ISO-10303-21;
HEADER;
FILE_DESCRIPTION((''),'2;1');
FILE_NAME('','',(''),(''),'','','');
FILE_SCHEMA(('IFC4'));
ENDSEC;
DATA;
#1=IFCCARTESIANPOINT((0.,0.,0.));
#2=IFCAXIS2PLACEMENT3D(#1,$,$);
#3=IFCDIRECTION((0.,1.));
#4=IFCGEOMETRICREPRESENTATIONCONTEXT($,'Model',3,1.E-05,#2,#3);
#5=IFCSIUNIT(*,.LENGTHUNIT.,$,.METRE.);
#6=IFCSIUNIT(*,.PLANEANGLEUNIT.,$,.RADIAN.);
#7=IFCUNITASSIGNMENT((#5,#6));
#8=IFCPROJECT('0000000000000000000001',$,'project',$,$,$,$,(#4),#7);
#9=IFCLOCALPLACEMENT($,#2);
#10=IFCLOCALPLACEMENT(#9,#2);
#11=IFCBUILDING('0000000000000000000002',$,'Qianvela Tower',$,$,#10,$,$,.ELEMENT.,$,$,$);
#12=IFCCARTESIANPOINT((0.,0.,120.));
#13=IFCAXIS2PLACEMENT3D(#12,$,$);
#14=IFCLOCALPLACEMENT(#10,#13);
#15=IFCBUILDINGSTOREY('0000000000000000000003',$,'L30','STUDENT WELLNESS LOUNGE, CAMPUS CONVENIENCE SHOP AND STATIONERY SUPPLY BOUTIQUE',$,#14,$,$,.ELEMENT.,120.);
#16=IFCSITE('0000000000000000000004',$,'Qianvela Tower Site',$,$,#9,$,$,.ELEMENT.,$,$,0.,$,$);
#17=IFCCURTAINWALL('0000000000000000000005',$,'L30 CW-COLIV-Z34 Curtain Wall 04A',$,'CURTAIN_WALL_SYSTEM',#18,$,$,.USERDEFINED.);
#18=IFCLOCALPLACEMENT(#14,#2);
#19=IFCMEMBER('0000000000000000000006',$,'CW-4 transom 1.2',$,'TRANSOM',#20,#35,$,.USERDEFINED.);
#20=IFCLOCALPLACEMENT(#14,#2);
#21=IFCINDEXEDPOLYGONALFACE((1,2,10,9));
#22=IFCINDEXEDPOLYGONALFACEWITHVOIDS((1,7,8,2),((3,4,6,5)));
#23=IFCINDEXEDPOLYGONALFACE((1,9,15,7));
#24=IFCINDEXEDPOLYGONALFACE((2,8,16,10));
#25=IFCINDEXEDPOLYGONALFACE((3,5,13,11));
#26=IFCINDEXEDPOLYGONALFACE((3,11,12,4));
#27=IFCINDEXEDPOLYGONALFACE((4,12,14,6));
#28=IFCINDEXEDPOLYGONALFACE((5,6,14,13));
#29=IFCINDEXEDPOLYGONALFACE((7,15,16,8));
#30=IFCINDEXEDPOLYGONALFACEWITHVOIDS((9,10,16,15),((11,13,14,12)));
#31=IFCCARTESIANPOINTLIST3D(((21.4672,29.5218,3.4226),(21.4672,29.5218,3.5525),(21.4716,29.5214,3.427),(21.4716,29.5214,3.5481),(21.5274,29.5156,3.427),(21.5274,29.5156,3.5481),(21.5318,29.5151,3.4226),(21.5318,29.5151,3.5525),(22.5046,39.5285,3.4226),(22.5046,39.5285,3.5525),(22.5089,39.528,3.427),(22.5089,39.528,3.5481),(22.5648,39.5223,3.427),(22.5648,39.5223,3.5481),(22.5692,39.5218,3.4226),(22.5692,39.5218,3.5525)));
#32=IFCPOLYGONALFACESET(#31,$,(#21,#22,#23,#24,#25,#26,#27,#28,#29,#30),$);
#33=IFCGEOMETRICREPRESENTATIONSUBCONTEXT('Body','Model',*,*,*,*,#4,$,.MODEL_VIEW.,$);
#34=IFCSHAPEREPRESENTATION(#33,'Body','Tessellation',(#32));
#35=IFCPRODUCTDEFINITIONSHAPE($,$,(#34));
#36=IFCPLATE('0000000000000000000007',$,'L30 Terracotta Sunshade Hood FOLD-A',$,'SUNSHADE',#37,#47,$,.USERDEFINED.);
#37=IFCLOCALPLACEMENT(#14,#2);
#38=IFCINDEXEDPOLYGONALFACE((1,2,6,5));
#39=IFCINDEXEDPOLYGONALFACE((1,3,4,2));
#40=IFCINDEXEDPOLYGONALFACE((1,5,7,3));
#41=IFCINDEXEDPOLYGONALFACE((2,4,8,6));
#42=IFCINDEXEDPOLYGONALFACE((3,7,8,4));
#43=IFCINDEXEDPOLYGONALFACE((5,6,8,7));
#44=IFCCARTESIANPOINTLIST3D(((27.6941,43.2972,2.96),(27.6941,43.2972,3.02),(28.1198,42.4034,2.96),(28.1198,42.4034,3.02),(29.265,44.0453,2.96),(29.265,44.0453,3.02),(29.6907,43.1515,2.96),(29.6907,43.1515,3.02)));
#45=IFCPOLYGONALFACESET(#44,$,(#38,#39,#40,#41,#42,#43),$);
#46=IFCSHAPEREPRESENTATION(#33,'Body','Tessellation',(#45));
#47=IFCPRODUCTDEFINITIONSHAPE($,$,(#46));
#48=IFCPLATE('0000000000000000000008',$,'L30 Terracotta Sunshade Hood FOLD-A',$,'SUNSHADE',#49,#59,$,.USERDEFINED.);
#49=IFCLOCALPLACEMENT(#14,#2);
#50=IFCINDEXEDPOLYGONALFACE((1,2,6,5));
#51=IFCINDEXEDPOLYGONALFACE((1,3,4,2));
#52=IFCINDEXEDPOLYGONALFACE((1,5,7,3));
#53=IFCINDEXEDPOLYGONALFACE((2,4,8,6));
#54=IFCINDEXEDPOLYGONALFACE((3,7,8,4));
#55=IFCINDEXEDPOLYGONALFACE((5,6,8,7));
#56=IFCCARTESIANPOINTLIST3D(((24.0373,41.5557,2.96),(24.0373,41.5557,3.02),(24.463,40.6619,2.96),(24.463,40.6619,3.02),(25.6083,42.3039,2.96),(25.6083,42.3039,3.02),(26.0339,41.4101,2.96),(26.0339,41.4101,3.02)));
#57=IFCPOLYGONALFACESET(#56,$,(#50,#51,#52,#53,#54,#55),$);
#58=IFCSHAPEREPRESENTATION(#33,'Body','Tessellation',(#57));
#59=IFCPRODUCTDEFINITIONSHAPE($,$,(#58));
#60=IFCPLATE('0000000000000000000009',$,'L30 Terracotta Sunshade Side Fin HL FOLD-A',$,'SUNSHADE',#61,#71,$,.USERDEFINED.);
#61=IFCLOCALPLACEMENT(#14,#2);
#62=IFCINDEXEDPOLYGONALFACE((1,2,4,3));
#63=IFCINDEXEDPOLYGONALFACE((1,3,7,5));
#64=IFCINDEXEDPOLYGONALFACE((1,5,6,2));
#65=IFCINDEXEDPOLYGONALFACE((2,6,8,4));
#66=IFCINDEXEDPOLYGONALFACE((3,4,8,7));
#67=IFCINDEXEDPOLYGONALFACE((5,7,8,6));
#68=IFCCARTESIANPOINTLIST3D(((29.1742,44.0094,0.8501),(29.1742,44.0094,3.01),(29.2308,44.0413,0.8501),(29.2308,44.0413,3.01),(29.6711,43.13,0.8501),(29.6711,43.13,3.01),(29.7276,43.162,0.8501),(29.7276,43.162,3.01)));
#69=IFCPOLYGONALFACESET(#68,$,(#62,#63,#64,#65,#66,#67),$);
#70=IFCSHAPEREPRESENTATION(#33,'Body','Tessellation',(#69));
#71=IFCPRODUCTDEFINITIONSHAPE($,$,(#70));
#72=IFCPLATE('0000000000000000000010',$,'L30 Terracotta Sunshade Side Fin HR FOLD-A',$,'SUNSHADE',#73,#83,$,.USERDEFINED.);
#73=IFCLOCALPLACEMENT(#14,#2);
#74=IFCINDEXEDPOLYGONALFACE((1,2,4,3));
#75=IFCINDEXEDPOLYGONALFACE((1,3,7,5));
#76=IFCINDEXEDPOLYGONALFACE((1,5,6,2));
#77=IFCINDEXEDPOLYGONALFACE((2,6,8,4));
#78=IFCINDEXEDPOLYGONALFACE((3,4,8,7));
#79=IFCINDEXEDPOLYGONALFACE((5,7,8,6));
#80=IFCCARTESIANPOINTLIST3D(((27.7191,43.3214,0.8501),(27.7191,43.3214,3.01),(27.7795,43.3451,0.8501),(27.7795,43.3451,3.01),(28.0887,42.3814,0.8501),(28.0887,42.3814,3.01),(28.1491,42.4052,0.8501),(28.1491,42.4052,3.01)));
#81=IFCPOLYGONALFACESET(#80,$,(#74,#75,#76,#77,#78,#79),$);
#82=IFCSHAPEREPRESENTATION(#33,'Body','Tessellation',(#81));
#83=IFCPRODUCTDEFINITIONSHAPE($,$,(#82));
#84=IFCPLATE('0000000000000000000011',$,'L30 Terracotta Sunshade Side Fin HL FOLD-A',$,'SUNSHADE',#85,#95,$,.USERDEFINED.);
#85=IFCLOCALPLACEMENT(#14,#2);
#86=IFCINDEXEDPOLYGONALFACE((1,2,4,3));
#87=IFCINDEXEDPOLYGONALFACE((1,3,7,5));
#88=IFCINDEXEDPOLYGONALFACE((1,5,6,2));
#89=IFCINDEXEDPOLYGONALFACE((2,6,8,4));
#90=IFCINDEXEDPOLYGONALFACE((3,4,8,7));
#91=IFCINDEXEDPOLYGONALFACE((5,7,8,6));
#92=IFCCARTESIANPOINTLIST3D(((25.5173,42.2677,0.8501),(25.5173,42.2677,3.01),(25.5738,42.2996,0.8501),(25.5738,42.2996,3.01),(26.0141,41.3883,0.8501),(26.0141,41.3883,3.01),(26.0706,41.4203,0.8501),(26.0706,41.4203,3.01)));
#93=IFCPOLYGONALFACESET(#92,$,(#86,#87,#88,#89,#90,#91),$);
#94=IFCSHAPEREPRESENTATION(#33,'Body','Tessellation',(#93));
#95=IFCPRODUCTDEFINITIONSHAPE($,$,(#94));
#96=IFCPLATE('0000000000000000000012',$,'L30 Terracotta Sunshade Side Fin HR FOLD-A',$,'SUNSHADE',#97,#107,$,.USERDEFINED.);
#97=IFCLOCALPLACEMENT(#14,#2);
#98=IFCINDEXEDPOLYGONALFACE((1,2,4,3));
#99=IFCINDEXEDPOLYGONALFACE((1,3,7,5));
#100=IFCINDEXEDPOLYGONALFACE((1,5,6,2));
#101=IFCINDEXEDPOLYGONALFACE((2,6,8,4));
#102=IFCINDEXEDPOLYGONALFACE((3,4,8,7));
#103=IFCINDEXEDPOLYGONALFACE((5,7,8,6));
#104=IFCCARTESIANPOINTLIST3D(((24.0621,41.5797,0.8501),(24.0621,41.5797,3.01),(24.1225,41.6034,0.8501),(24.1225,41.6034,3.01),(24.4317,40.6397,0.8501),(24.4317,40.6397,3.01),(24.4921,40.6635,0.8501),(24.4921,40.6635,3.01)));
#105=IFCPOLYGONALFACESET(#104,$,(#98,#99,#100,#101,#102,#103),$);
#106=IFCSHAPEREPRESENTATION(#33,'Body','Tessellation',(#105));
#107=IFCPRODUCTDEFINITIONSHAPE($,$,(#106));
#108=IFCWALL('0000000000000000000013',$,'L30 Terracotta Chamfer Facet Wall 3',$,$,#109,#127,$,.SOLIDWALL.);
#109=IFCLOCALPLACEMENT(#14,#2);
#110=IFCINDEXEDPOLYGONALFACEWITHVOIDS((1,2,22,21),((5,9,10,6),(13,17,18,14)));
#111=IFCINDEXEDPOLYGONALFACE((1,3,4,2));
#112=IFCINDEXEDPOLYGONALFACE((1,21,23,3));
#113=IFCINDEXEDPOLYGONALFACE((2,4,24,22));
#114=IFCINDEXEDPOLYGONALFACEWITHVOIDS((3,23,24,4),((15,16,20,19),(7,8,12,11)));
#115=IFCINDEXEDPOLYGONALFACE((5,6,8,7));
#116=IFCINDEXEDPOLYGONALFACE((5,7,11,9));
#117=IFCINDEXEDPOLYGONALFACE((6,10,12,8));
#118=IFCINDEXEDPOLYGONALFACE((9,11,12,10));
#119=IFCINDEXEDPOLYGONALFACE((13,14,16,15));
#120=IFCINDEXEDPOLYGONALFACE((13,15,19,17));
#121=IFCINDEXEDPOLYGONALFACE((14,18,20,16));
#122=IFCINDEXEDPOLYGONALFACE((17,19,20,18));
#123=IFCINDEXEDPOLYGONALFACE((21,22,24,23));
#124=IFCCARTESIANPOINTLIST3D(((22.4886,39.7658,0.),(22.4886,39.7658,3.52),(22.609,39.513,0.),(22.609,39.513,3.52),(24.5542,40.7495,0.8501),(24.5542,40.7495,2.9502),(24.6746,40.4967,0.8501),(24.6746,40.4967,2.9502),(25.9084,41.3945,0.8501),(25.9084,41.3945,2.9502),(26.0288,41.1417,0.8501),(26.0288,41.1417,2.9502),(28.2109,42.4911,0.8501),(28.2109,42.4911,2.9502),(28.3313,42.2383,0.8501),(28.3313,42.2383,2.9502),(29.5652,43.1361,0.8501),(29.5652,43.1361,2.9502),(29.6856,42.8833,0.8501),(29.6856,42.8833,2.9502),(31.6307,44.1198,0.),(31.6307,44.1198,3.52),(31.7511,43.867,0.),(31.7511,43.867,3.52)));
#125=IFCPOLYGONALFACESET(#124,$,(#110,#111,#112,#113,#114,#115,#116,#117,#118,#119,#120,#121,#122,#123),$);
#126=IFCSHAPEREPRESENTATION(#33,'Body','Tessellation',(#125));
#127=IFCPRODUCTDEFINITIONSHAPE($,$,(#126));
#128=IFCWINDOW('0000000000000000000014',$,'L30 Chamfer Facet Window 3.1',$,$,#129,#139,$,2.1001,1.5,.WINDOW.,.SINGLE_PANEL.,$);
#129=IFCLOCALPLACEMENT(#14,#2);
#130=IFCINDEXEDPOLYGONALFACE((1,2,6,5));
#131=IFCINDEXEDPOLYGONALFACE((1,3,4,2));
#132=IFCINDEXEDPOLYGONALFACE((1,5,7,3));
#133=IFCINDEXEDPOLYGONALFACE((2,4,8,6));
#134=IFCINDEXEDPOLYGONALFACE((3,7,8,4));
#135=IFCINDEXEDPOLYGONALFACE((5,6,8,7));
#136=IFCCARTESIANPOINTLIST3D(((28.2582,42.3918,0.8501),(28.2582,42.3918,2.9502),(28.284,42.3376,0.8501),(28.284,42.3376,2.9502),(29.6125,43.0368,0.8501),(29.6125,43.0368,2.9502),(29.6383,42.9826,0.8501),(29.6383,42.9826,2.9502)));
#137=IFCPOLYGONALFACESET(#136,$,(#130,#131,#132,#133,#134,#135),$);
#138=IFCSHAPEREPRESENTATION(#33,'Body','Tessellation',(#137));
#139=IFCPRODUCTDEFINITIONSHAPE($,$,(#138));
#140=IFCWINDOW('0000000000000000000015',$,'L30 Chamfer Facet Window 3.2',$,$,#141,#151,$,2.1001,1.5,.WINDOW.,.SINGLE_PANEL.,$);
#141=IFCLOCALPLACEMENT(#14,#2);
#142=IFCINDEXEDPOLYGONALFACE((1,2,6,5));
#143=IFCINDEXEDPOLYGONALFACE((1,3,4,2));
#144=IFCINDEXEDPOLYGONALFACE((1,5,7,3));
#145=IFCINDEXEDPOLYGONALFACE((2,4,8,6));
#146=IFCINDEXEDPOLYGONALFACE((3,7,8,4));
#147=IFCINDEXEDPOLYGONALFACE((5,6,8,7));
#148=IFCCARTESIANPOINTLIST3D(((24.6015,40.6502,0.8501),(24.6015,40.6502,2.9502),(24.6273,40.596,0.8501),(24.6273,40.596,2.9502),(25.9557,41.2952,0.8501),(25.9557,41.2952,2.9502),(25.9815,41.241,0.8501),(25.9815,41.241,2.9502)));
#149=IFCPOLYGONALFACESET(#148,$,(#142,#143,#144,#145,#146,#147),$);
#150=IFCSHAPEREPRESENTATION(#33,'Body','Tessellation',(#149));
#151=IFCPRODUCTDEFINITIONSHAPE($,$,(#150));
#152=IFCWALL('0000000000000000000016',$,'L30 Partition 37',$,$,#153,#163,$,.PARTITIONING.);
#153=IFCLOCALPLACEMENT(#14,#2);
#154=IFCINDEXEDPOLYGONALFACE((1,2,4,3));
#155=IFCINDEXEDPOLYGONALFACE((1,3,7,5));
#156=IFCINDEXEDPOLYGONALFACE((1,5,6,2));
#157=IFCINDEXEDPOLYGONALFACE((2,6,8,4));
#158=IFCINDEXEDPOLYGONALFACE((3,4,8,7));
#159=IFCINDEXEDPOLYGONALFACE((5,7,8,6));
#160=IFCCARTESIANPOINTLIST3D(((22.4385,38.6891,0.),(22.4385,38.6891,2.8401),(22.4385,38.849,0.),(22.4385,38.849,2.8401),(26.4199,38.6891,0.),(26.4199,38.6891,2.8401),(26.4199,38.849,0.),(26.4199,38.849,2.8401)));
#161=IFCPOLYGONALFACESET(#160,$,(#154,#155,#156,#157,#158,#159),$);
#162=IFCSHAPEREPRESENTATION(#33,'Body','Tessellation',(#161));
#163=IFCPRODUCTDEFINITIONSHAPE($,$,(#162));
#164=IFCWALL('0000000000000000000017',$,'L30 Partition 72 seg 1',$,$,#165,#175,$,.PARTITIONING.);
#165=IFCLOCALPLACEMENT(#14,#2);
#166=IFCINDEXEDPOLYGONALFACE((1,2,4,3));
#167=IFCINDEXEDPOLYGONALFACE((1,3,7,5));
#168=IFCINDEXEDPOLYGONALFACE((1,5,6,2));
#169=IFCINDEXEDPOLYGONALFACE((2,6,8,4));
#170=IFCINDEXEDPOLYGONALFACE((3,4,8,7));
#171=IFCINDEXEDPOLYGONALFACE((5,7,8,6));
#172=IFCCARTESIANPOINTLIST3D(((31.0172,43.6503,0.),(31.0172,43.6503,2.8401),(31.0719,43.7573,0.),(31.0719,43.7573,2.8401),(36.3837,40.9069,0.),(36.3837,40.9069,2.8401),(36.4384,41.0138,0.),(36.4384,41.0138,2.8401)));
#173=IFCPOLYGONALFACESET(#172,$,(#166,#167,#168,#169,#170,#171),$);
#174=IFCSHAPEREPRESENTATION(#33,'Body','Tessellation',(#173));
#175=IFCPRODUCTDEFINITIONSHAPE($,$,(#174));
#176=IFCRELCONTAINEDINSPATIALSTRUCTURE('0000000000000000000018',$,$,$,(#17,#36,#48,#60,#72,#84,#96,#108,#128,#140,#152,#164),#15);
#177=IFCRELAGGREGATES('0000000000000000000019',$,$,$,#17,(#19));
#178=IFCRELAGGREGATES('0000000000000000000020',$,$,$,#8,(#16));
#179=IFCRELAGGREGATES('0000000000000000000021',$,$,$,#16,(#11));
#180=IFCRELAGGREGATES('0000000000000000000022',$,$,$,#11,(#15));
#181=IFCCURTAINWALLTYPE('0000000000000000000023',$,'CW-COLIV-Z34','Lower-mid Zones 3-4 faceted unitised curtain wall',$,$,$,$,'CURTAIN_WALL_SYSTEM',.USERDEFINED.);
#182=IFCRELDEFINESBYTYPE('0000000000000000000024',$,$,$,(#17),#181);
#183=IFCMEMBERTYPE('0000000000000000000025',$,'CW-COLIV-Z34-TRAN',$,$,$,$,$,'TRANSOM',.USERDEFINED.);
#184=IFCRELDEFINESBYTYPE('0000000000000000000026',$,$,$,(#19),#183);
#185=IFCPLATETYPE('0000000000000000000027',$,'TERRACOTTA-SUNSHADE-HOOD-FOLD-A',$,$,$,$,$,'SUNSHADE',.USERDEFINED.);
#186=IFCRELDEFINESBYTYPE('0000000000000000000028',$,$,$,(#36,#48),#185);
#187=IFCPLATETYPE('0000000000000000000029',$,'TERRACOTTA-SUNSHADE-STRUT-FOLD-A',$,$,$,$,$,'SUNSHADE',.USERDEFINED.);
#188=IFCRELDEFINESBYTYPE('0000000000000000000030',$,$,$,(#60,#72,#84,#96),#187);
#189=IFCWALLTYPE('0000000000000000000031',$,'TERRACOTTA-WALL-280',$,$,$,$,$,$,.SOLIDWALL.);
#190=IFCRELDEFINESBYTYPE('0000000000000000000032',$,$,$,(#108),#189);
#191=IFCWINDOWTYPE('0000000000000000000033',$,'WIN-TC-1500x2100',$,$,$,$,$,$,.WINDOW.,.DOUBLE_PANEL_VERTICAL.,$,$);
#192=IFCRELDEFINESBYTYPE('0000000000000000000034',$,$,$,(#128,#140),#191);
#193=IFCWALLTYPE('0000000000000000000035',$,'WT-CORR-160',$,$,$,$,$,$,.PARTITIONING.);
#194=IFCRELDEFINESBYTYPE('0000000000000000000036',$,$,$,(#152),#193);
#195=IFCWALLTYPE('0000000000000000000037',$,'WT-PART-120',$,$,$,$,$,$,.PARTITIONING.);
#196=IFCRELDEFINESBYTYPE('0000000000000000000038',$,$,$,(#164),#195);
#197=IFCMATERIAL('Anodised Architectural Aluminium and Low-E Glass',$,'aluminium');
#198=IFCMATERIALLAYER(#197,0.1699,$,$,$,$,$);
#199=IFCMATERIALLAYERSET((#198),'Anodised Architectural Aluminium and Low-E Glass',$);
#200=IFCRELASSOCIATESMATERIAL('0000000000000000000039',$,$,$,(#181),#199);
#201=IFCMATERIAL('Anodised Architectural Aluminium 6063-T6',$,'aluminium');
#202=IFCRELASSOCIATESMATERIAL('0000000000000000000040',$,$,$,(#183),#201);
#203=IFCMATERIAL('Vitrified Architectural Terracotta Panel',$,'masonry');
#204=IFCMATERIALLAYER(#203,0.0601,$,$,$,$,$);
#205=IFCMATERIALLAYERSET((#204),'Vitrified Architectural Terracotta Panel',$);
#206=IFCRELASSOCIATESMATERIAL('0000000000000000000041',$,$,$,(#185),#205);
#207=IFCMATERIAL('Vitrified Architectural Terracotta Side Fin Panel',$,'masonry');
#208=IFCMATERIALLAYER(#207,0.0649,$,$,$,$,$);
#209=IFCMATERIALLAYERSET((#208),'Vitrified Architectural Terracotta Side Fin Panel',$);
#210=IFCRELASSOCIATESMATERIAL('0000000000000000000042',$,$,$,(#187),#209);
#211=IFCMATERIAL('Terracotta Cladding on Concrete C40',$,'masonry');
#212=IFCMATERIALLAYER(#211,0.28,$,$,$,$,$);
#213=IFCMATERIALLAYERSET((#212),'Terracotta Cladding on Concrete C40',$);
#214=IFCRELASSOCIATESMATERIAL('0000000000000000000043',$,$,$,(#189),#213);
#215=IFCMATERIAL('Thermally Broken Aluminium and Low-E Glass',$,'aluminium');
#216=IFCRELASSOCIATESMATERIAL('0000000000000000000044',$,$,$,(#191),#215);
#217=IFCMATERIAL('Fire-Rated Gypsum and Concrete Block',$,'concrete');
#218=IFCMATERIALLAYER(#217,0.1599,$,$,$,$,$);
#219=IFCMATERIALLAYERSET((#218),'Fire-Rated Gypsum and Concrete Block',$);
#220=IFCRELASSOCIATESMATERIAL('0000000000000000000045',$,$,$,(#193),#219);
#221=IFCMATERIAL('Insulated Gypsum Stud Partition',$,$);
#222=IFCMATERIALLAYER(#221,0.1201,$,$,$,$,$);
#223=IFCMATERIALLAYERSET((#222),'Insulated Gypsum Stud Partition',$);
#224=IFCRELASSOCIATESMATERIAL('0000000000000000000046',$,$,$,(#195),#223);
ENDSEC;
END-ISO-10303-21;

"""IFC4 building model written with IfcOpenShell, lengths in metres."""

from ifc_helpers import new_model, si_unit, direction, frame, frame_2d, origin, origin_2d, place, context, subcontext, project, spatial, rectangle, hollow_rectangle, extrude, material, layer, layer_set, material_profile, profile_set, type_object, element, fill, aggregate, save


model = new_model("IFC4")

# Units and contexts
model_context = context("Model", 3, precision=1e-05, world=origin(), true_north=direction((0.0, 1.0)))
body_context = subcontext(model_context, "Body", "Model", "MODEL_VIEW")
ifc_project = project(units=[si_unit("LENGTHUNIT", "METRE"), si_unit("PLANEANGLEUNIT", "RADIAN")], contexts=[model_context])

# Site, building, storey
site_placement = place(None, origin())
site = spatial("IfcSite", under=ifc_project, at=site_placement, Name="Qianvela Tower Site", CompositionType="ELEMENT", RefElevation=0.0)
building_placement = place(site_placement, origin())
building = spatial("IfcBuilding", under=site, at=building_placement, Name="Qianvela Tower", CompositionType="ELEMENT")
storey_placement = place(building_placement, frame((0.0, 0.0, 120.0)))
storey = spatial("IfcBuildingStorey", under=building, at=storey_placement, Name="L30", Description="STUDENT WELLNESS LOUNGE, CAMPUS CONVENIENCE SHOP AND STATIONERY SUPPLY BOUTIQUE", CompositionType="ELEMENT", Elevation=120.0)

# Shared definitions
ifc_material_1 = material(Name="Anodised Architectural Aluminium and Low-E Glass", Category="aluminium")
ifc_layer_1 = layer(ifc_material_1, 0.1699)
ifc_layer_set_1 = layer_set([ifc_layer_1], Name="Anodised Architectural Aluminium and Low-E Glass")
curtain_wall_type = type_object("IfcCurtainWallType", Name="CW-COLIV-Z34", Description="Lower-mid Zones 3-4 faceted unitised curtain wall", ElementType="CURTAIN_WALL_SYSTEM", PredefinedType="USERDEFINED", material=ifc_layer_set_1)

# Curtain wall, member
curtain_wall_1_placement = place(storey_placement, origin())
curtain_wall_1 = element("IfcCurtainWall", 1, at=curtain_wall_1_placement, inside=storey, type_object=curtain_wall_type, Name="L30 CW-COLIV-Z34 Curtain Wall 04A", ObjectType="CURTAIN_WALL_SYSTEM", PredefinedType="USERDEFINED")
ifc_material_2 = material(Name="Anodised Architectural Aluminium 6063-T6", Category="aluminium")
ifc_material_profile_1 = material_profile(ifc_material_2, hollow_rectangle(XDim=0.0649, YDim=0.1299, WallThickness=0.0044, at=origin_2d()), Name="ALU-TRAN-65x130")
ifc_profile_set_1 = profile_set([ifc_material_profile_1], Name="Anodised Architectural Aluminium 6063-T6")
member_type_1 = type_object("IfcMemberType", Name="CW-COLIV-Z34-TRAN", ElementType="TRANSOM", PredefinedType="USERDEFINED", material=ifc_profile_set_1)
member_1_placement = place(storey_placement, frame((22.5369, 39.5251, 3.4875), z_axis=(-0.103114, -0.99467, 0.0), x_axis=(0.99467, -0.103114, 0.0)))
member_1 = element("IfcMember", 2, at=member_1_placement, type_object=member_type_1, Name="CW-4 transom 1.2", ObjectType="TRANSOM", PredefinedType="USERDEFINED", context=body_context, shape_type="SweptSolid", body=[
    extrude(hollow_rectangle(XDim=0.0649, YDim=0.1299, WallThickness=0.0044, at=origin_2d()), origin(), (0.0, 0.0, 1.0), 10.0603),
])
aggregate(curtain_wall_1, [member_1])

# Plates
ifc_material_3 = material(Name="Vitrified Architectural Terracotta Panel", Category="masonry")
ifc_layer_2 = layer(ifc_material_3, 0.0601)
ifc_layer_set_2 = layer_set([ifc_layer_2], Name="Vitrified Architectural Terracotta Panel")
plate_type_1 = type_object("IfcPlateType", Name="TERRACOTTA-SUNSHADE-HOOD-FOLD-A", ElementType="SUNSHADE", PredefinedType="USERDEFINED", material=ifc_layer_set_2)
for number, where, z_axis, x_axis, name in (
    (3, (28.6924, 43.2244, 2.96), (0.0, 0.0, 1.0), (-0.902838, -0.42998, 0.0), "L30 Terracotta Sunshade Hood FOLD-A"),
    (4, (25.0356, 41.4829, 2.96), (0.0, 0.0, 1.0), (-0.902838, -0.42998, 0.0), "L30 Terracotta Sunshade Hood FOLD-A"),
):
    element("IfcPlate", number, at=place(storey_placement, frame(where, z_axis=z_axis, x_axis=x_axis)), inside=storey, type_object=plate_type_1, Name=name, ObjectType="SUNSHADE", PredefinedType="USERDEFINED", context=body_context, shape_type="SweptSolid", body=[
        extrude(rectangle(XDim=1.74, YDim=0.99, at=origin_2d()), origin(), (0.0, 0.0, 1.0), 0.0601),
    ])
ifc_material_4 = material(Name="Vitrified Architectural Terracotta Side Fin Panel", Category="masonry")
ifc_layer_3 = layer(ifc_material_4, 0.0649)
ifc_layer_set_3 = layer_set([ifc_layer_3], Name="Vitrified Architectural Terracotta Side Fin Panel")
plate_type_2 = type_object("IfcPlateType", Name="TERRACOTTA-SUNSHADE-STRUT-FOLD-A", ElementType="SUNSHADE", PredefinedType="USERDEFINED", material=ifc_layer_set_3)
for number, where, z_axis, x_axis, name in (
    (5, (29.4509, 43.5857, 0.8501), (0.0, 0.0, 1.0), (-0.870645, -0.491912, 0.0), "L30 Terracotta Sunshade Side Fin HL FOLD-A"),
    (6, (27.9341, 42.8633, 0.8501), (0.0, 0.0, 1.0), (-0.930633, -0.365954, 0.0), "L30 Terracotta Sunshade Side Fin HR FOLD-A"),
    (7, (25.7939, 41.844, 0.8501), (0.0, 0.0, 1.0), (-0.870645, -0.491912, 0.0), "L30 Terracotta Sunshade Side Fin HL FOLD-A"),
    (8, (24.2771, 41.1216, 0.8501), (0.0, 0.0, 1.0), (-0.930633, -0.365954, 0.0), "L30 Terracotta Sunshade Side Fin HR FOLD-A"),
):
    element("IfcPlate", number, at=place(storey_placement, frame(where, z_axis=z_axis, x_axis=x_axis)), inside=storey, type_object=plate_type_2, Name=name, ObjectType="SUNSHADE", PredefinedType="USERDEFINED", context=body_context, shape_type="SweptSolid", body=[
        extrude(rectangle(XDim=0.0649, YDim=1.01, at=origin_2d()), origin(), (0.0, 0.0, 1.0), 2.1599),
    ])

# Wall, openings, windows
ifc_material_5 = material(Name="Terracotta Cladding on Concrete C40", Category="masonry")
ifc_layer_4 = layer(ifc_material_5, 0.28)
ifc_layer_set_4 = layer_set([ifc_layer_4], Name="Terracotta Cladding on Concrete C40")
wall_type_1 = type_object("IfcWallType", Name="TERRACOTTA-WALL-280", PredefinedType="SOLIDWALL", material=ifc_layer_set_4)
wall_1_placement = place(storey_placement, frame((31.6909, 43.9934, 0.0), z_axis=(0.0, 0.0, 1.0), x_axis=(-0.902836, -0.429984, 0.0)))
wall_1 = element("IfcWall", 9, at=wall_1_placement, inside=storey, type_object=wall_type_1, Name="L30 Terracotta Chamfer Facet Wall 3", PredefinedType="SOLIDWALL", context=body_context, shape_type="SweptSolid", body=[
    extrude(rectangle(XDim=10.126, YDim=0.28, at=frame_2d((5.063, 0.0))), origin(), (0.0, 0.0, 1.0), 3.52),
])
opening_1_placement = place(wall_1_placement, frame((2.2878, 0.0, 0.8501)))
opening_1 = element("IfcOpeningElement", 10, at=opening_1_placement, cuts=wall_1, PredefinedType="OPENING", context=body_context, shape_type="SweptSolid", body=[
    extrude(rectangle(XDim=1.5, YDim=2.1001, at=frame_2d((0.75, 1.05))), frame((0.0, 0.1499, 0.0), z_axis=(0.0, -1.0, 0.0), x_axis=(1.0, 0.0, 0.0)), (0.0, 0.0, 1.0), 0.3),
])
opening_2_placement = place(wall_1_placement, frame((6.3381, 0.0, 0.8501)))
opening_2 = element("IfcOpeningElement", 11, at=opening_2_placement, cuts=wall_1, PredefinedType="OPENING", context=body_context, shape_type="SweptSolid", body=[
    extrude(rectangle(XDim=1.5, YDim=2.1001, at=frame_2d((0.75, 1.05))), frame((0.0, 0.1499, 0.0), z_axis=(0.0, -1.0, 0.0), x_axis=(1.0, 0.0, 0.0)), (0.0, 0.0, 1.0), 0.3),
])
ifc_material_6 = material(Name="Thermally Broken Aluminium and Low-E Glass", Category="aluminium")
window_type = type_object("IfcWindowType", Name="WIN-TC-1500x2100", PartitioningType="DOUBLE_PANEL_VERTICAL", PredefinedType="WINDOW", material=ifc_material_6)
window_1_placement = place(opening_1_placement, origin())
window_1 = element("IfcWindow", 12, at=window_1_placement, inside=storey, type_object=window_type, Name="L30 Chamfer Facet Window 3.1", OverallHeight=2.1001, OverallWidth=1.5, PartitioningType="SINGLE_PANEL", PredefinedType="WINDOW", context=body_context, shape_type="SweptSolid", body=[
    extrude(rectangle(XDim=1.5, YDim=2.1001, at=frame_2d((0.75, 1.05))), frame((0.0, 0.03, 0.0), z_axis=(0.0, -1.0, 0.0), x_axis=(1.0, 0.0, 0.0)), (0.0, 0.0, 1.0), 0.0601),
])
fill(opening_1, window_1)
window_2_placement = place(opening_2_placement, origin())
window_2 = element("IfcWindow", 13, at=window_2_placement, inside=storey, type_object=window_type, Name="L30 Chamfer Facet Window 3.2", OverallHeight=2.1001, OverallWidth=1.5, PartitioningType="SINGLE_PANEL", PredefinedType="WINDOW", context=body_context, shape_type="SweptSolid", body=[
    extrude(rectangle(XDim=1.5, YDim=2.1001, at=frame_2d((0.75, 1.05))), frame((0.0, 0.03, 0.0), z_axis=(0.0, -1.0, 0.0), x_axis=(1.0, 0.0, 0.0)), (0.0, 0.0, 1.0), 0.0601),
])
fill(opening_2, window_2)

# Walls
ifc_material_7 = material(Name="Fire-Rated Gypsum and Concrete Block", Category="concrete")
ifc_layer_5 = layer(ifc_material_7, 0.1599)
ifc_layer_set_5 = layer_set([ifc_layer_5], Name="Fire-Rated Gypsum and Concrete Block")
wall_type_2 = type_object("IfcWallType", Name="WT-CORR-160", PredefinedType="PARTITIONING", material=ifc_layer_set_5)
wall_2_placement = place(storey_placement, frame((22.4385, 38.769, 0.0), z_axis=(0.0, 0.0, 1.0), x_axis=(1.0, 0.0, 0.0)))
element("IfcWall", 14, at=wall_2_placement, inside=storey, type_object=wall_type_2, Name="L30 Partition 37", PredefinedType="PARTITIONING", context=body_context, shape_type="SweptSolid", body=[
    extrude(rectangle(XDim=3.9814, YDim=0.1599, at=frame_2d((1.9907, 0.0))), origin(), (0.0, 0.0, 1.0), 2.8401),
])
ifc_material_8 = material(Name="Insulated Gypsum Stud Partition")
ifc_layer_6 = layer(ifc_material_8, 0.1201)
ifc_layer_set_6 = layer_set([ifc_layer_6], Name="Insulated Gypsum Stud Partition")
wall_type_3 = type_object("IfcWallType", Name="WT-PART-120", PredefinedType="PARTITIONING", material=ifc_layer_set_6)
wall_3_placement = place(storey_placement, frame((31.0444, 43.7039, 0.0), z_axis=(0.0, 0.0, 1.0), x_axis=(0.890397, -0.455184, 0.0)))
element("IfcWall", 15, at=wall_3_placement, inside=storey, type_object=wall_type_3, Name="L30 Partition 72 seg 1", PredefinedType="PARTITIONING", context=body_context, shape_type="SweptSolid", body=[
    extrude(rectangle(XDim=6.0271, YDim=0.1201, at=frame_2d((3.0137, 0.0))), origin(), (0.0, 0.0, 1.0), 2.8401),
])

save(model, "model.ifc")
